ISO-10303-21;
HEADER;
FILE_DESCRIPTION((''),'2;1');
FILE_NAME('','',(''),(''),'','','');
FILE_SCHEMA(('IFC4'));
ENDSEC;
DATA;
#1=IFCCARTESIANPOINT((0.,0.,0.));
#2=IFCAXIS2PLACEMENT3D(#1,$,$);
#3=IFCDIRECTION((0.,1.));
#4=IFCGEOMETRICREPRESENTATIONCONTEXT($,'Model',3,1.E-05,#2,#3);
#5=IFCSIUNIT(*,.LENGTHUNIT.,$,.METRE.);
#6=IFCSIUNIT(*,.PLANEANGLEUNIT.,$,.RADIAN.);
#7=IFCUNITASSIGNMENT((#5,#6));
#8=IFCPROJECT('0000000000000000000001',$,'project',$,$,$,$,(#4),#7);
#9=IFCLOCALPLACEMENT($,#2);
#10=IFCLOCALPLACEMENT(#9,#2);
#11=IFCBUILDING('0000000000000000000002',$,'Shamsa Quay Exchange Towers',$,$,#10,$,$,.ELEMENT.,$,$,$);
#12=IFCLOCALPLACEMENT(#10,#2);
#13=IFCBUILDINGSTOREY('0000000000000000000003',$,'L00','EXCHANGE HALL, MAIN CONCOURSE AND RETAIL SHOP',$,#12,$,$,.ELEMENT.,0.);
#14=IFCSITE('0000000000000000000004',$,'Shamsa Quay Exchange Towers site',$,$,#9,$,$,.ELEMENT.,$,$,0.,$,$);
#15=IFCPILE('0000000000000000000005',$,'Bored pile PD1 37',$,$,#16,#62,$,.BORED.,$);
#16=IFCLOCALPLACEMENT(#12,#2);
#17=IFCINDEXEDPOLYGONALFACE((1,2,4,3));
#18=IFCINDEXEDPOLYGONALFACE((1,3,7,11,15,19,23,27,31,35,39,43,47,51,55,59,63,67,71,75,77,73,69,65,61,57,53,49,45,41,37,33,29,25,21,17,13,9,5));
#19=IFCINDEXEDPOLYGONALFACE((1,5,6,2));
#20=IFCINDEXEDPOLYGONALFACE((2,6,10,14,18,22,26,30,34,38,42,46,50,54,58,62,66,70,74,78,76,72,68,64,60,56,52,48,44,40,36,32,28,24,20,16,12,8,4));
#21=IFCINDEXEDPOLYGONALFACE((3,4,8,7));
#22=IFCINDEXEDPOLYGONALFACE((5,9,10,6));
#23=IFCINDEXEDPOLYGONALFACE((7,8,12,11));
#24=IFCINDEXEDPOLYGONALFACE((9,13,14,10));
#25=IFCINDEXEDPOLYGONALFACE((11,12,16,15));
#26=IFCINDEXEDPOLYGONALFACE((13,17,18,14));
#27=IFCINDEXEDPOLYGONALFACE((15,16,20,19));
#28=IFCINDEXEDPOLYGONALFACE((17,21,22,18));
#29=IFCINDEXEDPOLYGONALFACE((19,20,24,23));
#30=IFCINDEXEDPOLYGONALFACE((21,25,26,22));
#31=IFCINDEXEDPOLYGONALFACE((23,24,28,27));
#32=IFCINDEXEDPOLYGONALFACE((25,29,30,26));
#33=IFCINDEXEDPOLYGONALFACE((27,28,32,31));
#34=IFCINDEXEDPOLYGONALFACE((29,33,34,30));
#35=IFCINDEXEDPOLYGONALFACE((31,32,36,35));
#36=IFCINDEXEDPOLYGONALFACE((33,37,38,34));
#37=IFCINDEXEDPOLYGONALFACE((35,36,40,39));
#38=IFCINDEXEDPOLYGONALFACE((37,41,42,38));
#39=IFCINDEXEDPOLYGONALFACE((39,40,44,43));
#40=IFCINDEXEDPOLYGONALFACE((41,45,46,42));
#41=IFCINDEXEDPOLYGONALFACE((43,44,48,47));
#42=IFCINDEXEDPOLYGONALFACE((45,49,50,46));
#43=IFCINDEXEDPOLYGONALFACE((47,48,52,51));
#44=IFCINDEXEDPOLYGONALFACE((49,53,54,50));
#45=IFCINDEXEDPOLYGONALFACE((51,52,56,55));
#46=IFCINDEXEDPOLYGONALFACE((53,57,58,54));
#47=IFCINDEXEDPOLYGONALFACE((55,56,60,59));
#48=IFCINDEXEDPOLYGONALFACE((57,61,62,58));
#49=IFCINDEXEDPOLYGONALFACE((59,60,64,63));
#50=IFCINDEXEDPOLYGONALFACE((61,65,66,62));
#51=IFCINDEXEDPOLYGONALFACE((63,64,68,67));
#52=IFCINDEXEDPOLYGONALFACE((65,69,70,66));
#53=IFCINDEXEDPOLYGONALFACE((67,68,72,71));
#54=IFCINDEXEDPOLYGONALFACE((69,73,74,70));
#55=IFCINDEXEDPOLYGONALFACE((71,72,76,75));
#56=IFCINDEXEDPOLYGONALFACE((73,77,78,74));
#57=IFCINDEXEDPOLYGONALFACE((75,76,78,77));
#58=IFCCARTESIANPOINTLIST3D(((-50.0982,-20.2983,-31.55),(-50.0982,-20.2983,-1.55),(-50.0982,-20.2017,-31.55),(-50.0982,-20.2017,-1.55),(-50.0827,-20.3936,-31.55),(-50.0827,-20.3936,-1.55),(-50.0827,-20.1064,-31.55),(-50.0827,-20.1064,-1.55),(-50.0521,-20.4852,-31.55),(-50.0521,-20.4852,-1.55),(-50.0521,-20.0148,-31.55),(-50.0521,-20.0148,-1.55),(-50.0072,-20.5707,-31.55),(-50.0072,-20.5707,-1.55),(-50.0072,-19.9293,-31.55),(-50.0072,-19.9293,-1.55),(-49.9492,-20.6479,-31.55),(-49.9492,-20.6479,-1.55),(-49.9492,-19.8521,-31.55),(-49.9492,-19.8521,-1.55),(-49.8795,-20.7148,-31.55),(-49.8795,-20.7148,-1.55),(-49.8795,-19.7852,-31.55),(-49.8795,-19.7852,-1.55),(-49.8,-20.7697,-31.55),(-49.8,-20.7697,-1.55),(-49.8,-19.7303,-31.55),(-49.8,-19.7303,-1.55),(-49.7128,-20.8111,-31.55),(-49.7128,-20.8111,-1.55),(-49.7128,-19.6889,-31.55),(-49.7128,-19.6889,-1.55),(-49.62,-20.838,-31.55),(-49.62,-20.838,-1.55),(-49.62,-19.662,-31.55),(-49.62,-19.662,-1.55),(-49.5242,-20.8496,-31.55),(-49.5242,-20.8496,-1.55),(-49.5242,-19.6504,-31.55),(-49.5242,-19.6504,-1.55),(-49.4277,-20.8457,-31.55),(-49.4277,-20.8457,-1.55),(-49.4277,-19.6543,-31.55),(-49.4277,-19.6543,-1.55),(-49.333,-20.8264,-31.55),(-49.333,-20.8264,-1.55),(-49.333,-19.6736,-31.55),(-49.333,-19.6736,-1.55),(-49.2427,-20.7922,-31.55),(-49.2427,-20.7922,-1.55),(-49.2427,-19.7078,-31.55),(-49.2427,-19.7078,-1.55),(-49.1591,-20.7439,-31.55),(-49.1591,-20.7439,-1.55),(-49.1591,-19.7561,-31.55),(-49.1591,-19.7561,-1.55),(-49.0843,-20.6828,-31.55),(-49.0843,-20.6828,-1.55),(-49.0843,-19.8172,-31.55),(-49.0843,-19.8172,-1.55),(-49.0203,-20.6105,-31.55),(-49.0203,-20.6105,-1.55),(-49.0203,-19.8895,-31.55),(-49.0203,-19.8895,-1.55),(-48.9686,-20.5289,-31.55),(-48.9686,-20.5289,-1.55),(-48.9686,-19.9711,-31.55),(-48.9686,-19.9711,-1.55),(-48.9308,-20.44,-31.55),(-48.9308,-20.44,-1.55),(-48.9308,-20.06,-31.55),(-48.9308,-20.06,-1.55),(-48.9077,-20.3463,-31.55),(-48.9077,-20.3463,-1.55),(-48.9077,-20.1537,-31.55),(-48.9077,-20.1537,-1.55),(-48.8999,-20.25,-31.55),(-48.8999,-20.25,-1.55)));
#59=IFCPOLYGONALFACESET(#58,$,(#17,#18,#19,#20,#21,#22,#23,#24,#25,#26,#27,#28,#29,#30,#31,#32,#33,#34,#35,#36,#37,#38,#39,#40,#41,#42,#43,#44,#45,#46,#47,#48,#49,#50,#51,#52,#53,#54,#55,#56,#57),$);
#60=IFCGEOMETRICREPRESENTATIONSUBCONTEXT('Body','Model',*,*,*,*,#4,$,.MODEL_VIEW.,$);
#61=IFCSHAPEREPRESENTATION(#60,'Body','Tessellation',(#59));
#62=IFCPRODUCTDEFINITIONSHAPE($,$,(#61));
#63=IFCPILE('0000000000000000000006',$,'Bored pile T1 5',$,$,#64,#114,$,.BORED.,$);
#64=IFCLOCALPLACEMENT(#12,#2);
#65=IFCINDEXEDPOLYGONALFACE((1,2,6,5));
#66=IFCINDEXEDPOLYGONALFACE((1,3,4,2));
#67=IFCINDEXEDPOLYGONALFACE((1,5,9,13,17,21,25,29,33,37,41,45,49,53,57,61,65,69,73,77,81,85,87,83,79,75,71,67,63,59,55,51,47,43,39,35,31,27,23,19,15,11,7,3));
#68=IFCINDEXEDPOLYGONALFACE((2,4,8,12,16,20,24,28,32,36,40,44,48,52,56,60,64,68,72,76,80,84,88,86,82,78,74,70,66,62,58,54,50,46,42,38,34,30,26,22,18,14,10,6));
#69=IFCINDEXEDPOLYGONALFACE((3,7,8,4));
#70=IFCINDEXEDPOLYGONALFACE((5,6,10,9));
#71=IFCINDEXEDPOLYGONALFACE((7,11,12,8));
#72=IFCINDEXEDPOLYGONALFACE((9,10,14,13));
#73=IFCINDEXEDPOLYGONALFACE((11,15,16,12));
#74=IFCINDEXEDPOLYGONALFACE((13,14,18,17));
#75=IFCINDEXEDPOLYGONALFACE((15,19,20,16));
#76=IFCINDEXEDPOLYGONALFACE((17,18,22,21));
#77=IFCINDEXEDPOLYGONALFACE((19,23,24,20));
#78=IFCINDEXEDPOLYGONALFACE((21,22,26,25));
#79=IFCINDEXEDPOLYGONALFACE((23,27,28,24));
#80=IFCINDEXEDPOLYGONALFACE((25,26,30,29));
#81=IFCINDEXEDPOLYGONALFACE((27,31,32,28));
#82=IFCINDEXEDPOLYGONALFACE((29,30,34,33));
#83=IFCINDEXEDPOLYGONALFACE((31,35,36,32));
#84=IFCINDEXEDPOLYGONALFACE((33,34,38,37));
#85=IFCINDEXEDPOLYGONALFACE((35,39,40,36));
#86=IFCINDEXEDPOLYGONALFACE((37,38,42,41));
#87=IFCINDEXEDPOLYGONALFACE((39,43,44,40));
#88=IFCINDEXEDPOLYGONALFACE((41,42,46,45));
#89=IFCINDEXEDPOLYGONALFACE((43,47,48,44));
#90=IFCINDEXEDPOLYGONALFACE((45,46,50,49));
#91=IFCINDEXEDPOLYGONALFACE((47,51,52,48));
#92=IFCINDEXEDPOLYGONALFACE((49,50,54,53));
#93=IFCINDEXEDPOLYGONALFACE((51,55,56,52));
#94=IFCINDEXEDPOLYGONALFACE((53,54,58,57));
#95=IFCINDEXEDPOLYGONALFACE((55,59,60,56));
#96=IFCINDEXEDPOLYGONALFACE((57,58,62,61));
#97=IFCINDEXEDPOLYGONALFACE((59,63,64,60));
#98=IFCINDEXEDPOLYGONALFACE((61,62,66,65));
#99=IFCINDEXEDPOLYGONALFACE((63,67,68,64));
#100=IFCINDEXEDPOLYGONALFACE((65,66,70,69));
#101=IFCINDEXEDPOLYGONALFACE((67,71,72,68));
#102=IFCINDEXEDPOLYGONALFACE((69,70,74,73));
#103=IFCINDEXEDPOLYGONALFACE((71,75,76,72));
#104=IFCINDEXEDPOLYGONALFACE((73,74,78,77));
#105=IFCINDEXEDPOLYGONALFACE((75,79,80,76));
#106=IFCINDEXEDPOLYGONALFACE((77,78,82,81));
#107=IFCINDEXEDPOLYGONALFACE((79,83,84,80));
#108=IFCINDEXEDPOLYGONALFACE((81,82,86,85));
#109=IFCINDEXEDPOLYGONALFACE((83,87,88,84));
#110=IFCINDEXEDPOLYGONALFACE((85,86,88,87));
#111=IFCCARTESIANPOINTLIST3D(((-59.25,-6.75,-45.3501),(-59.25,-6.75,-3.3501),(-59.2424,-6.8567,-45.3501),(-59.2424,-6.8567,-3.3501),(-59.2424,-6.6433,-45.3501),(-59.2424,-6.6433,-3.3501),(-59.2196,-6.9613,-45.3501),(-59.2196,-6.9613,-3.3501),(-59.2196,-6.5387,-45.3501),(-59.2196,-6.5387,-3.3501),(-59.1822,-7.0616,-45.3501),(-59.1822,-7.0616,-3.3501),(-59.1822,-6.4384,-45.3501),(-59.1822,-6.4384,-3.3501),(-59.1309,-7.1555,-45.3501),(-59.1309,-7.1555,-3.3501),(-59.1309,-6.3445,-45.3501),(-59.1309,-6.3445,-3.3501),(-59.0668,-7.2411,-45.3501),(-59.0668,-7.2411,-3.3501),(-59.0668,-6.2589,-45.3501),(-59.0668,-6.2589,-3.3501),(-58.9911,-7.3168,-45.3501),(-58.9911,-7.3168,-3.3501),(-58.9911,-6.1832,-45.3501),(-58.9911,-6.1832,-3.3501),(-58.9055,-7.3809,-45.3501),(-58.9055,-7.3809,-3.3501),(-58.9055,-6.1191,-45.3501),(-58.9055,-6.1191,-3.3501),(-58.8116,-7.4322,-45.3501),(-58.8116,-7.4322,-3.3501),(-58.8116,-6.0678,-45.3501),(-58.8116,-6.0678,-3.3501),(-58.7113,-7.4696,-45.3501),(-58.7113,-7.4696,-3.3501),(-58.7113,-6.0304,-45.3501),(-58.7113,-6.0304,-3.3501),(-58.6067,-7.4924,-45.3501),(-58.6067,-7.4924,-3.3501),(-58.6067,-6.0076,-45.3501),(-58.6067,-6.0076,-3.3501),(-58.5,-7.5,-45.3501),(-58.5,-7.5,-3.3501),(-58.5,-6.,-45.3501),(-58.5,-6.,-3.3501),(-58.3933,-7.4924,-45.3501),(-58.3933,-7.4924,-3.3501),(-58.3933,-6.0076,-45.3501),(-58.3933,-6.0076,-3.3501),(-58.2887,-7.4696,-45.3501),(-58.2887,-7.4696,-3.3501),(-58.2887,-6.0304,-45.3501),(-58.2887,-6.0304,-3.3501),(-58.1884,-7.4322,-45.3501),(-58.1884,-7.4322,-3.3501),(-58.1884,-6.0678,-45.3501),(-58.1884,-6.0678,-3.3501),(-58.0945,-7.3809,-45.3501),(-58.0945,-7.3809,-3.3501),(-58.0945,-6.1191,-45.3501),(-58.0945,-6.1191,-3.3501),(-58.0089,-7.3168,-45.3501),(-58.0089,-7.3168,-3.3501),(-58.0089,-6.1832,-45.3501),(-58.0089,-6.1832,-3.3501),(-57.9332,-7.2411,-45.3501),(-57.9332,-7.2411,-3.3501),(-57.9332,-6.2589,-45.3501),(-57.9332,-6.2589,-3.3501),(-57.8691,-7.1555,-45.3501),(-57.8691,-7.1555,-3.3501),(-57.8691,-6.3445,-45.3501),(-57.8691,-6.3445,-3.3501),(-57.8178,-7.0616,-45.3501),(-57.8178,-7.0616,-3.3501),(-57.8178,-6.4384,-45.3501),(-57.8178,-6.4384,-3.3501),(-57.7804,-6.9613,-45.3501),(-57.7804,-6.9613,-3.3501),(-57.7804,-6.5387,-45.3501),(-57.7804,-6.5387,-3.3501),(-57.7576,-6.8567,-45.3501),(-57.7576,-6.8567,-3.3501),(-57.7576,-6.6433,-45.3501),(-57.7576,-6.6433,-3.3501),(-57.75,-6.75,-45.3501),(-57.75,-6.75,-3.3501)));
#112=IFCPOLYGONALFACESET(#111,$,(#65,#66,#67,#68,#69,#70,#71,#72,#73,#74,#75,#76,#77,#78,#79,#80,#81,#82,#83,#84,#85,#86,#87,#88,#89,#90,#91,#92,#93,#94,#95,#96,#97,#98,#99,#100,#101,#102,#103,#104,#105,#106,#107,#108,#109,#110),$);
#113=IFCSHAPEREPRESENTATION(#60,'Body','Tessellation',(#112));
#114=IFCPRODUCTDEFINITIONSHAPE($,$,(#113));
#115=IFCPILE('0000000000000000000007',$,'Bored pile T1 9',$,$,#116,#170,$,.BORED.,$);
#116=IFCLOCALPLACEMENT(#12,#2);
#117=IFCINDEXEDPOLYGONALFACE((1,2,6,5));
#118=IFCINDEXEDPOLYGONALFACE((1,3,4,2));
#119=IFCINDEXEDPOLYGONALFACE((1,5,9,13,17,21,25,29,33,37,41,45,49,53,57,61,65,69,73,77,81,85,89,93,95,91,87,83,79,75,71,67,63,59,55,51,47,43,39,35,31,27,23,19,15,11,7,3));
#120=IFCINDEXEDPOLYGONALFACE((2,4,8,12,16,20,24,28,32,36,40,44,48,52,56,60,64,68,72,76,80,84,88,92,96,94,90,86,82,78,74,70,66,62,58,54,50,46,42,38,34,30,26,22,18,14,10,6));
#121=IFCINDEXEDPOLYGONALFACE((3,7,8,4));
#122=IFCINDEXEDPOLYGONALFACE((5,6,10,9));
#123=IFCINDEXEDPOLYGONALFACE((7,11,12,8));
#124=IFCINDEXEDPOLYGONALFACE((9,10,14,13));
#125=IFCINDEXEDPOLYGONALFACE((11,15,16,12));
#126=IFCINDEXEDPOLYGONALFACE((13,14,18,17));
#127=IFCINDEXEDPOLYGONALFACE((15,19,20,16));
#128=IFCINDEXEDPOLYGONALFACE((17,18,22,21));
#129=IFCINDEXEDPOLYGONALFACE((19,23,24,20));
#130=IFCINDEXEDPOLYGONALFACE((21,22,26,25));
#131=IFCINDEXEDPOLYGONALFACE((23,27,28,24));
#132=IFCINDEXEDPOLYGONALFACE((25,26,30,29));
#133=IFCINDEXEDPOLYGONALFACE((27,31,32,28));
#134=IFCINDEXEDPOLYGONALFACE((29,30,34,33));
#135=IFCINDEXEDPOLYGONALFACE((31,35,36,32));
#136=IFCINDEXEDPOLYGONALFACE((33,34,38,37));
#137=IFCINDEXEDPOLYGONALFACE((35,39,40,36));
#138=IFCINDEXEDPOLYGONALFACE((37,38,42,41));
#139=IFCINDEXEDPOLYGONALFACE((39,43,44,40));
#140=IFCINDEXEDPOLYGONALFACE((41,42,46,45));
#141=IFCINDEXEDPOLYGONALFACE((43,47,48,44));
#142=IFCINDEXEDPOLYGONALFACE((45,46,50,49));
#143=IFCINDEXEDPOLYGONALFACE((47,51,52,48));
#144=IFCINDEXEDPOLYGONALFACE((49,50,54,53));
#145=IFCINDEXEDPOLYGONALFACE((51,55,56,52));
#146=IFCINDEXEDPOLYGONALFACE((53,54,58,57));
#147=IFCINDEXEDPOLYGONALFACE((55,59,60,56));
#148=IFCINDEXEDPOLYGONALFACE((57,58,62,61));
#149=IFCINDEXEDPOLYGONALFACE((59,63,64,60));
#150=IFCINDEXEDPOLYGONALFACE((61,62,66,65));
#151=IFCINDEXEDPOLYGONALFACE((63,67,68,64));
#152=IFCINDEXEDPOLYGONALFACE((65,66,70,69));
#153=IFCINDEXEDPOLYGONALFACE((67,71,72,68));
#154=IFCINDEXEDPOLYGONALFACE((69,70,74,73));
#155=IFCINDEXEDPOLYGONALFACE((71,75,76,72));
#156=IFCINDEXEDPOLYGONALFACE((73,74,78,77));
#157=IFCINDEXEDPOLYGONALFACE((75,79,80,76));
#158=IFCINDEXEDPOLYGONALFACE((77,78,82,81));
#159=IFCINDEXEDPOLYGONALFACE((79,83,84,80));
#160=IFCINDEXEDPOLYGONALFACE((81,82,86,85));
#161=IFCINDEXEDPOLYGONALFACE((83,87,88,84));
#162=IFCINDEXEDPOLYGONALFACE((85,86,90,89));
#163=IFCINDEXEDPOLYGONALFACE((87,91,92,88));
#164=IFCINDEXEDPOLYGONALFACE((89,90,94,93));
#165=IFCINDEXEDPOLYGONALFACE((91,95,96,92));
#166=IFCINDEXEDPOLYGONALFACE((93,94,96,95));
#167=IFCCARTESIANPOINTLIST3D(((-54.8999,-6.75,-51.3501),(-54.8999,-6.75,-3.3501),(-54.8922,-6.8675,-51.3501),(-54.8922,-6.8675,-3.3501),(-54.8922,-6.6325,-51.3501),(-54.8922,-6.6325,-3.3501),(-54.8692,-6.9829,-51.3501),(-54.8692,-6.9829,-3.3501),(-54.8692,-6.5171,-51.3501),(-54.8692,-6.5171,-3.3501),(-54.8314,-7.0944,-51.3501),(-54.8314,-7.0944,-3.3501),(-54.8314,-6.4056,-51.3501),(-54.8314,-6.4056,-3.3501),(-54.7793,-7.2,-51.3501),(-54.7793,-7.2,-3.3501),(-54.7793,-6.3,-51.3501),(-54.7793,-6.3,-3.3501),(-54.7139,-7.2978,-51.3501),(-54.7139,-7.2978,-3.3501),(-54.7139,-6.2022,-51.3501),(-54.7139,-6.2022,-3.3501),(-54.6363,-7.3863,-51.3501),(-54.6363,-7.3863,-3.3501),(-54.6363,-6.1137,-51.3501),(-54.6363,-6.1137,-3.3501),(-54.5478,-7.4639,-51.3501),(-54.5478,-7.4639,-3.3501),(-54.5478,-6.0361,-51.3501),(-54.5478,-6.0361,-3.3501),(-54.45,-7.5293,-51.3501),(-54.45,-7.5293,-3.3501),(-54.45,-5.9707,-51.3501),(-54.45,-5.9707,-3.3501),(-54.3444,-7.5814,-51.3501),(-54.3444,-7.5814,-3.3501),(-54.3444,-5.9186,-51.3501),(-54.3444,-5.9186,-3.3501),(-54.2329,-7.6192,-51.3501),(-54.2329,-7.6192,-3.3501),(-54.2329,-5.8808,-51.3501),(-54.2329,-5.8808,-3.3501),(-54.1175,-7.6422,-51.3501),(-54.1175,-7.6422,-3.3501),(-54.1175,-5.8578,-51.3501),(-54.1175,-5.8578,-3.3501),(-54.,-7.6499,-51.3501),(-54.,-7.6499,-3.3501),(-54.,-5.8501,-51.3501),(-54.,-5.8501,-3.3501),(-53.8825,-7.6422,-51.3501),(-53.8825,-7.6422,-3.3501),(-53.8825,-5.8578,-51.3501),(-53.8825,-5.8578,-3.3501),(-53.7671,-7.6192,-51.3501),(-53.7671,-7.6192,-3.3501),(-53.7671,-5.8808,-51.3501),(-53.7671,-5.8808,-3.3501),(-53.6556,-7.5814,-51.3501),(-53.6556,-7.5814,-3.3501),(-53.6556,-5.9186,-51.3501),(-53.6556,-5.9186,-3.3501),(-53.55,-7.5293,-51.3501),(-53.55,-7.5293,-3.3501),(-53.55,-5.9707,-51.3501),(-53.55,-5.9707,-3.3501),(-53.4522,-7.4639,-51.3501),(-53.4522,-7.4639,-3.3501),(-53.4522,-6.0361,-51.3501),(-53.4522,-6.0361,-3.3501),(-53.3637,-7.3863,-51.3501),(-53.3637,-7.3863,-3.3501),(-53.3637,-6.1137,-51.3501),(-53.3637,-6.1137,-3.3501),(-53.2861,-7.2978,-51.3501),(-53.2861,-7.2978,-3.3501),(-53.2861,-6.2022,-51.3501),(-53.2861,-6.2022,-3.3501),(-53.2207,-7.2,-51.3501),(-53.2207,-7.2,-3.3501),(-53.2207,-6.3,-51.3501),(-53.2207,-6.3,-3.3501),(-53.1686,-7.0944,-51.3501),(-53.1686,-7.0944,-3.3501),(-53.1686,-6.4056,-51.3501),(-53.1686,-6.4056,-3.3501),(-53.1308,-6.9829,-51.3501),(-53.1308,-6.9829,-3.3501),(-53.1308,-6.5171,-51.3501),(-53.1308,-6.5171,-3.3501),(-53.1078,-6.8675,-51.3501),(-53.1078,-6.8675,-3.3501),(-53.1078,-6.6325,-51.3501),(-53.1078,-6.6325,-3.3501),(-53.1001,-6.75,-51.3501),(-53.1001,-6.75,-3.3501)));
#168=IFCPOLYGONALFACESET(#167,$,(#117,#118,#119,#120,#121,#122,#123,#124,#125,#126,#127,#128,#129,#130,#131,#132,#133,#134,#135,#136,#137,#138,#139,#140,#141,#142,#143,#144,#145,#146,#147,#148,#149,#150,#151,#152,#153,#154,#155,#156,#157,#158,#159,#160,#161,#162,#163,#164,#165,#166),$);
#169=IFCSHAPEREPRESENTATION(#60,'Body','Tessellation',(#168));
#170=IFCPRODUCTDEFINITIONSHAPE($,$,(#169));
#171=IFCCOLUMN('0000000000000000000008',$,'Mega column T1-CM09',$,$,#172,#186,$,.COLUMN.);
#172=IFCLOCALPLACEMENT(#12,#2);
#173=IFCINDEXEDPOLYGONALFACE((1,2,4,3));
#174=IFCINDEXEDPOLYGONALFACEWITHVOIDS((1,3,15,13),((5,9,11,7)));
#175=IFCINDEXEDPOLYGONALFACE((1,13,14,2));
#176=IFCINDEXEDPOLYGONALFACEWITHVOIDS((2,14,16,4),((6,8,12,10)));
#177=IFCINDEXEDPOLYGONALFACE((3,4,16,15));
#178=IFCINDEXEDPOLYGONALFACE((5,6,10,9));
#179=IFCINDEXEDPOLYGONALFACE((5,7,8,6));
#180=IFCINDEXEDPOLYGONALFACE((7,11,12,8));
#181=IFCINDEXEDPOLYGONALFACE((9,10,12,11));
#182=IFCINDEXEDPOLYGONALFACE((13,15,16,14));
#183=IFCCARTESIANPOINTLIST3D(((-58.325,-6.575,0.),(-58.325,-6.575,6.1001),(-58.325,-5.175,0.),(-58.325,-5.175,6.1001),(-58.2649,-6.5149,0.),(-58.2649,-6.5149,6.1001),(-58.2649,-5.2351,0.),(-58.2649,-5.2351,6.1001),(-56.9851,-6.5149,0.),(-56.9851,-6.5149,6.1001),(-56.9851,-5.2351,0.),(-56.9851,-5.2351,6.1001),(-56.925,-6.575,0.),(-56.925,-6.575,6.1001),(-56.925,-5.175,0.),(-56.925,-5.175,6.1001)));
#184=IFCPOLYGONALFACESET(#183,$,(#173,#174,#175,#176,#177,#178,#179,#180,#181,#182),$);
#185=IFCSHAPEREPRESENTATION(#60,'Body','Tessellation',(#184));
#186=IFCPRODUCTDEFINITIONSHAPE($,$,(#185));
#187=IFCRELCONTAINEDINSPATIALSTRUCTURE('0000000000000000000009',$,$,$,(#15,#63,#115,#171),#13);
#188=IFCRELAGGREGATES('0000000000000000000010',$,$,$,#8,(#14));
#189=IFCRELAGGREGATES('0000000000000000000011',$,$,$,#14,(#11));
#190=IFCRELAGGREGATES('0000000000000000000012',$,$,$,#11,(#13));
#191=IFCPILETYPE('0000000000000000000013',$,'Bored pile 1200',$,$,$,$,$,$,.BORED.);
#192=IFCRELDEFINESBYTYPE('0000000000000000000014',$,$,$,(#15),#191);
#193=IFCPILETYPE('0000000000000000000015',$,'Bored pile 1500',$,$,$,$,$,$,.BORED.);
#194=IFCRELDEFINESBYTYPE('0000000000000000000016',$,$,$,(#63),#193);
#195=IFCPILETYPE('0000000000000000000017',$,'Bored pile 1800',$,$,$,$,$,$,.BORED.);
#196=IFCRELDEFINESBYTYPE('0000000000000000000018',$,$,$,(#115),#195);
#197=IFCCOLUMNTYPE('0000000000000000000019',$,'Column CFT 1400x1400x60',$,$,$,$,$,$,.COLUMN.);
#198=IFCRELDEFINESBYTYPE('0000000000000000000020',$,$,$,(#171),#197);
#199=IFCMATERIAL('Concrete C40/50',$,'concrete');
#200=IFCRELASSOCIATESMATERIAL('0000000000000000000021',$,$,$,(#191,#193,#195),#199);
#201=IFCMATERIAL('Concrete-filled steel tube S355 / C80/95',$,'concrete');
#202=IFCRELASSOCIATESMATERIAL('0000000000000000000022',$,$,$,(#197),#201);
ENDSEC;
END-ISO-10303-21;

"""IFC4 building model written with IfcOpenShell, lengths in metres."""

from ifc_helpers import new_model, si_unit, direction, frame, origin, origin_2d, place, context, subcontext, project, spatial, hollow_rectangle, circle, extrude, material, material_profile, profile_set, type_object, element, save


model = new_model("IFC4")

# Units and contexts
model_context = context("Model", 3, precision=1e-05, world=origin(), true_north=direction((0.0, 1.0)))
body_context = subcontext(model_context, "Body", "Model", "MODEL_VIEW")
ifc_project = project(units=[si_unit("LENGTHUNIT", "METRE"), si_unit("PLANEANGLEUNIT", "RADIAN")], contexts=[model_context])

# Site, building, storey
site_placement = place(None, origin())
site = spatial("IfcSite", under=ifc_project, at=site_placement, Name="Shamsa Quay Exchange Towers site", CompositionType="ELEMENT", RefElevation=0.0)
building_placement = place(site_placement, origin())
building = spatial("IfcBuilding", under=site, at=building_placement, Name="Shamsa Quay Exchange Towers", CompositionType="ELEMENT")
storey_placement = place(building_placement, origin())
storey = spatial("IfcBuildingStorey", under=building, at=storey_placement, Name="L00", Description="EXCHANGE HALL, MAIN CONCOURSE AND RETAIL SHOP", CompositionType="ELEMENT", Elevation=0.0)

# Piles
ifc_material_1 = material(Name="Concrete C40/50", Category="concrete")
ifc_material_profile_1 = material_profile(ifc_material_1, circle(Radius=0.6001, at=origin_2d()), Name="BP1200")
ifc_profile_set_1 = profile_set([ifc_material_profile_1], Name="Concrete C40/50")
pile_type_1 = type_object("IfcPileType", Name="Bored pile 1200", PredefinedType="BORED", material=ifc_profile_set_1)
for number, where, z_axis, x_axis, name in (
    (1, (-49.5, -20.25, -1.55), (0.0, 0.0, -1.0), (1.0, 0.0, 0.0), "Bored pile PD1 37"),
):
    element("IfcPile", number, at=place(storey_placement, frame(where, z_axis=z_axis, x_axis=x_axis)), inside=storey, type_object=pile_type_1, Name=name, PredefinedType="BORED", context=body_context, shape_type="SweptSolid", body=[
        extrude(circle(Radius=0.6001, at=origin_2d()), origin(), (0.0, 0.0, 1.0), 30.0),
    ])
ifc_material_profile_2 = material_profile(ifc_material_1, circle(Radius=0.75, at=origin_2d()), Name="BP1500")
ifc_profile_set_2 = profile_set([ifc_material_profile_2], Name="Concrete C40/50")
pile_type_2 = type_object("IfcPileType", Name="Bored pile 1500", PredefinedType="BORED", material=ifc_profile_set_2)
pile_1_placement = place(storey_placement, frame((-58.5, -6.75, -3.3501), z_axis=(0.0, 0.0, -1.0), x_axis=(1.0, 0.0, 0.0)))
element("IfcPile", 2, at=pile_1_placement, inside=storey, type_object=pile_type_2, Name="Bored pile T1 5", PredefinedType="BORED", context=body_context, shape_type="SweptSolid", body=[
    extrude(circle(Radius=0.75, at=origin_2d()), origin(), (0.0, 0.0, 1.0), 42.0),
])
ifc_material_profile_3 = material_profile(ifc_material_1, circle(Radius=0.8999, at=origin_2d()), Name="BP1800")
ifc_profile_set_3 = profile_set([ifc_material_profile_3], Name="Concrete C40/50")
pile_type_3 = type_object("IfcPileType", Name="Bored pile 1800", PredefinedType="BORED", material=ifc_profile_set_3)
pile_2_placement = place(storey_placement, frame((-54.0, -6.75, -3.3501), z_axis=(0.0, 0.0, -1.0), x_axis=(1.0, 0.0, 0.0)))
element("IfcPile", 3, at=pile_2_placement, inside=storey, type_object=pile_type_3, Name="Bored pile T1 9", PredefinedType="BORED", context=body_context, shape_type="SweptSolid", body=[
    extrude(circle(Radius=0.8999, at=origin_2d()), origin(), (0.0, 0.0, 1.0), 48.0),
])

# Column
ifc_material_2 = material(Name="Concrete-filled steel tube S355 / C80/95", Category="concrete")
ifc_material_profile_4 = material_profile(ifc_material_2, hollow_rectangle(XDim=1.3999, YDim=1.3999, WallThickness=0.0601, at=origin_2d()), Name="CFT 1400x1400x60")
ifc_profile_set_4 = profile_set([ifc_material_profile_4], Name="Concrete-filled steel tube S355 / C80/95")
column_type_1 = type_object("IfcColumnType", Name="Column CFT 1400x1400x60", PredefinedType="COLUMN", material=ifc_profile_set_4)
column_placement = place(storey_placement, frame((-57.625, -5.875, 0.0)))
element("IfcColumn", 4, at=column_placement, inside=storey, type_object=column_type_1, Name="Mega column T1-CM09", PredefinedType="COLUMN", context=body_context, shape_type="SweptSolid", body=[
    extrude(hollow_rectangle(XDim=1.3999, YDim=1.3999, WallThickness=0.0601, at=origin_2d()), origin(), (0.0, 0.0, 1.0), 6.1001),
])

save(model, "model.ifc")
